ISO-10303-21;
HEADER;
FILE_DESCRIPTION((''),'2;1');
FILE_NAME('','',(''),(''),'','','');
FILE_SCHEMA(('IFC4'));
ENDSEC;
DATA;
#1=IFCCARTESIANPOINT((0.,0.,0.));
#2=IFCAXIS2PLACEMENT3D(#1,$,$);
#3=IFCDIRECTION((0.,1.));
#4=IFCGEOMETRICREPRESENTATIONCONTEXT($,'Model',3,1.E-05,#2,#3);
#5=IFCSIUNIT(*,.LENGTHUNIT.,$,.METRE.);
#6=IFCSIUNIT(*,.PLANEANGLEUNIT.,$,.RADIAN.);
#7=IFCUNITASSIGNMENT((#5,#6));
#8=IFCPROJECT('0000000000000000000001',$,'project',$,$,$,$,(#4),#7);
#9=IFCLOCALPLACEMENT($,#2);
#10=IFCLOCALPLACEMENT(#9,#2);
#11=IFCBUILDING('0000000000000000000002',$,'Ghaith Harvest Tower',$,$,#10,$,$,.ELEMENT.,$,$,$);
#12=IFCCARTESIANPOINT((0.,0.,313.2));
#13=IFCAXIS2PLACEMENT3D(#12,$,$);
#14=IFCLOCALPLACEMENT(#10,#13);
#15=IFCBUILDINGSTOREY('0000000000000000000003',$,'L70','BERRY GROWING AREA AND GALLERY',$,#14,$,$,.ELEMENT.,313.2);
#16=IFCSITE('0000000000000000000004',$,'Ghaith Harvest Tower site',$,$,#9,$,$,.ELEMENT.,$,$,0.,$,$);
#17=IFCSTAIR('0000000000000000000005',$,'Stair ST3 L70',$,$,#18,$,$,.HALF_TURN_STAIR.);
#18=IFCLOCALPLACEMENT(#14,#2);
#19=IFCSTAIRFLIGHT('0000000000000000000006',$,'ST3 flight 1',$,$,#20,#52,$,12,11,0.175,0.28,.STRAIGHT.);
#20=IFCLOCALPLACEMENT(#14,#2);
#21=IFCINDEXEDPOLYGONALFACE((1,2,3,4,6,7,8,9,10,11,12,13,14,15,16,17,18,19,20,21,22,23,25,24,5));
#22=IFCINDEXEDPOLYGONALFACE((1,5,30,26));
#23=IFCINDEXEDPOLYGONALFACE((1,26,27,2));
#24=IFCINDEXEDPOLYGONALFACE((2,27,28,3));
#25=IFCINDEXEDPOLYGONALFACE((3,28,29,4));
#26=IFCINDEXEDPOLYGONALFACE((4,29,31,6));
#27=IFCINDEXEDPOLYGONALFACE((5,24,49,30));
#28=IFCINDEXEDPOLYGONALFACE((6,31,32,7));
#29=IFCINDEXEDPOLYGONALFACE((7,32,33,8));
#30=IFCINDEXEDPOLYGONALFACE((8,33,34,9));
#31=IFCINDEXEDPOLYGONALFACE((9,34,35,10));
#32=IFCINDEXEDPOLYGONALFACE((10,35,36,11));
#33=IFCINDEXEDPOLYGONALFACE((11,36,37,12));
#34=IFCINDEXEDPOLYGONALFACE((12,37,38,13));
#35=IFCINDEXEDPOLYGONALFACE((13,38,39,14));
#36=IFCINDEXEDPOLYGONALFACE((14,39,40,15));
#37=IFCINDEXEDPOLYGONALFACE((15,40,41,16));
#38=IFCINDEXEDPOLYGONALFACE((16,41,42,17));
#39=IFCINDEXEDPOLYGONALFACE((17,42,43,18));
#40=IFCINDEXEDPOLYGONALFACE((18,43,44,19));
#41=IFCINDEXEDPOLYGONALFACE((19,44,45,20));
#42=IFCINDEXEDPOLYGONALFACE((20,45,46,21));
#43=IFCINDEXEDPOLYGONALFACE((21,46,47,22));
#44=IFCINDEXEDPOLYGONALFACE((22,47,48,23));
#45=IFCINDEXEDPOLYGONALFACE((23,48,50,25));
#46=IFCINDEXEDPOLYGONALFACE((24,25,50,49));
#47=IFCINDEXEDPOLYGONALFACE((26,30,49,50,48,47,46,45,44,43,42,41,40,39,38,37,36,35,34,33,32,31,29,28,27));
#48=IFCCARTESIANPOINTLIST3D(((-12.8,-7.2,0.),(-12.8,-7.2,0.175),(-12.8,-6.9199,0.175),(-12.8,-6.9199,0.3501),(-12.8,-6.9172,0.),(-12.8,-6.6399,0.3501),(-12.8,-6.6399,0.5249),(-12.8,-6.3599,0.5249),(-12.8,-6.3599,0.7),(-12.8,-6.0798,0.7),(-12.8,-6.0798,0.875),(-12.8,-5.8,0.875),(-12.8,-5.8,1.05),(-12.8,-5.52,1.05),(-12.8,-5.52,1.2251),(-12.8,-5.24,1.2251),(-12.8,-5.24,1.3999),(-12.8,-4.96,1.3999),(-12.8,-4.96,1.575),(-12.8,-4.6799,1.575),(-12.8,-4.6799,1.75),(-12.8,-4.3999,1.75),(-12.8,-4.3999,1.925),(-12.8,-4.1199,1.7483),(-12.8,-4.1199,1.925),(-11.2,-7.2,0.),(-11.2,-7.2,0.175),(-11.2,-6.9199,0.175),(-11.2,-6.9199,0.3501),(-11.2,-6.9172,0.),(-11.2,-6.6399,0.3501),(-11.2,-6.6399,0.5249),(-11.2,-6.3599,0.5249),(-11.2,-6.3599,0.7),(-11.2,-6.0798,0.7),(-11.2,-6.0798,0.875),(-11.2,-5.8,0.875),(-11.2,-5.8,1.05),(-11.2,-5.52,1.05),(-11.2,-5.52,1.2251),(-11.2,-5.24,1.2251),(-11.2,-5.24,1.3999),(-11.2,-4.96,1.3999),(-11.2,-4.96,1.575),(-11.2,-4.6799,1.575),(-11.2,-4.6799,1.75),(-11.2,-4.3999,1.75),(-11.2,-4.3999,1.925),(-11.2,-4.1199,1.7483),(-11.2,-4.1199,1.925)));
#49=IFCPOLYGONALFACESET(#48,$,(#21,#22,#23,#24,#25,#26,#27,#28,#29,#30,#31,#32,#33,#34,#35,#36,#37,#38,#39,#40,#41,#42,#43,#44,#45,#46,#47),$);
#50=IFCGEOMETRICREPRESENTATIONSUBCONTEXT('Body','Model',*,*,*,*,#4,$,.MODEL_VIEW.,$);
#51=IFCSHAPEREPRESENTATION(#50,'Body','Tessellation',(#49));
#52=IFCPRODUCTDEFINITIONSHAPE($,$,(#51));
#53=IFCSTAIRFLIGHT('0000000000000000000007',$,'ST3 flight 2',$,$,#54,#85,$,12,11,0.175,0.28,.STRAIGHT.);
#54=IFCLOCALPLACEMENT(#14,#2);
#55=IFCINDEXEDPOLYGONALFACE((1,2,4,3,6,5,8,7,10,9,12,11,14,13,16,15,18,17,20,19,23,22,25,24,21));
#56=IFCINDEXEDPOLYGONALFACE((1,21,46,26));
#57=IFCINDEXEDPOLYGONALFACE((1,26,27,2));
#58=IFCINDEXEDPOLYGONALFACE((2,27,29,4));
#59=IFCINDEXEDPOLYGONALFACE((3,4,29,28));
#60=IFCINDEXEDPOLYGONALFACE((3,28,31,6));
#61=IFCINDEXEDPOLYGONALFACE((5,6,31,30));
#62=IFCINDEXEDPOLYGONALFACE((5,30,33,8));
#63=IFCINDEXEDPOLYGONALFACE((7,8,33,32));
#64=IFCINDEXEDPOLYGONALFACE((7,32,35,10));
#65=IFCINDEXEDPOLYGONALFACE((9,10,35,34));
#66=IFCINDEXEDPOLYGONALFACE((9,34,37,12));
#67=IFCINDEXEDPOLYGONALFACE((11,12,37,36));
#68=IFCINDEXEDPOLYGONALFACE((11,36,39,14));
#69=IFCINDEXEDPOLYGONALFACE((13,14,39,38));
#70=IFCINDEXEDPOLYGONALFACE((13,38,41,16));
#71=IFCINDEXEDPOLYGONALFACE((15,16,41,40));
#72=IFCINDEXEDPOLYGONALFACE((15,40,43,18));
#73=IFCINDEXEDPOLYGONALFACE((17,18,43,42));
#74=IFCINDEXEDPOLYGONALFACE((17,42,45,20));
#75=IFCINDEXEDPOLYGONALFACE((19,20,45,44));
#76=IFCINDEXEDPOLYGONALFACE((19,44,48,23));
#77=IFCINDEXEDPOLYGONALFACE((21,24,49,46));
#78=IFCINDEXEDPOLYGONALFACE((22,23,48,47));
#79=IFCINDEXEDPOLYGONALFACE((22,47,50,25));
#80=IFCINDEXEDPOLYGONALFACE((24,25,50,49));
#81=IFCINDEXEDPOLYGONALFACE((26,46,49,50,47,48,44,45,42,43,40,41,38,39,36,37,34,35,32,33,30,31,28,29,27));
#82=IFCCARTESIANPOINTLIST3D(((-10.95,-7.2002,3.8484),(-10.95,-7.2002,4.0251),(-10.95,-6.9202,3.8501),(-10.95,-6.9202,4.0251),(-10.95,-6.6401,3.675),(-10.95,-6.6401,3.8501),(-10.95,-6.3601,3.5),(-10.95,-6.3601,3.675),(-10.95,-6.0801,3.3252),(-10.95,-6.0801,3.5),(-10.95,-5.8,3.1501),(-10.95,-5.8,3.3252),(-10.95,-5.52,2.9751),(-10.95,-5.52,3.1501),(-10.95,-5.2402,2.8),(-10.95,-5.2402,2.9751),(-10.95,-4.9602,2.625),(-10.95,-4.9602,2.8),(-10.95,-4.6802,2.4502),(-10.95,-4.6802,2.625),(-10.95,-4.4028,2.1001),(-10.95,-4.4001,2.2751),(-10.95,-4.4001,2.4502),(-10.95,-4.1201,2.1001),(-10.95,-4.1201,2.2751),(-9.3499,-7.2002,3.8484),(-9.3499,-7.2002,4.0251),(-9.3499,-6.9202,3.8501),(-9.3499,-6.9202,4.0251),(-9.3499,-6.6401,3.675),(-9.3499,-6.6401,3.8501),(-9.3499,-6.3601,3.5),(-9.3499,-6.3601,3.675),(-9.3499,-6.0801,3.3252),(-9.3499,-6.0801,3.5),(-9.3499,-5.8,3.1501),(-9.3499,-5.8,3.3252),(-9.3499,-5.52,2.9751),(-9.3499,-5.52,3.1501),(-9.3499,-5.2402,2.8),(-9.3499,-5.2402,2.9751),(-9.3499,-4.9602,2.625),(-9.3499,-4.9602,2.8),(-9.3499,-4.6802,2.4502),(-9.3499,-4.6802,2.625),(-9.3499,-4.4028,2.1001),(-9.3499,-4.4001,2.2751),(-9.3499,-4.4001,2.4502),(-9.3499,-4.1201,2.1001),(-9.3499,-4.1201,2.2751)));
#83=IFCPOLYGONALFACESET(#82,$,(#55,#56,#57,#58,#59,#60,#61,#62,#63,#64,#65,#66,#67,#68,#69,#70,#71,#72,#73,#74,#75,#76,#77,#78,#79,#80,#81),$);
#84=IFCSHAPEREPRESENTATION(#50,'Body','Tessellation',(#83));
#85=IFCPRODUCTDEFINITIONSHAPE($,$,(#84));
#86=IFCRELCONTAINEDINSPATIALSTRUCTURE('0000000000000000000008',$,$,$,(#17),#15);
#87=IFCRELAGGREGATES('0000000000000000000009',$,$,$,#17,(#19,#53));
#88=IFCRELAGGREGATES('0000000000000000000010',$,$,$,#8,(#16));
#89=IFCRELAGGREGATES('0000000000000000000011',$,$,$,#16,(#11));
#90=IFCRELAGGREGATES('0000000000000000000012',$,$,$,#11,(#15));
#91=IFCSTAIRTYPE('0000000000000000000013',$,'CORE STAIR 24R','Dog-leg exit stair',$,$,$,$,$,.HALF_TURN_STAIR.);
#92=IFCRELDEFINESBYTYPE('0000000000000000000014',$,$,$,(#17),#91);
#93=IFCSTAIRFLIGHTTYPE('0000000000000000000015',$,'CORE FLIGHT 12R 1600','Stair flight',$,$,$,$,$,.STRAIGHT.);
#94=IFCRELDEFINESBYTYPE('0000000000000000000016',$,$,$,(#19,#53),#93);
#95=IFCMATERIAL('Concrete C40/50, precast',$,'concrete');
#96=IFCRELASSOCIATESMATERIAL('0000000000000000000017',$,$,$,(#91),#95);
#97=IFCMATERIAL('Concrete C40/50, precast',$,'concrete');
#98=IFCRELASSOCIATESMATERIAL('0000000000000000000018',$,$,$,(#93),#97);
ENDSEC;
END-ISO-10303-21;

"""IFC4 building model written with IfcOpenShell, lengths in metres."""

from ifc_helpers import new_model, si_unit, direction, frame, origin, place, context, subcontext, project, spatial, polyline, outline, extrude, material, type_object, element, aggregate, save


model = new_model("IFC4")

# Units and contexts
model_context = context("Model", 3, precision=1e-05, world=origin(), true_north=direction((0.0, 1.0)))
body_context = subcontext(model_context, "Body", "Model", "MODEL_VIEW")
ifc_project = project(units=[si_unit("LENGTHUNIT", "METRE"), si_unit("PLANEANGLEUNIT", "RADIAN")], contexts=[model_context])

# Site, building, storey
site_placement = place(None, origin())
site = spatial("IfcSite", under=ifc_project, at=site_placement, Name="Ghaith Harvest Tower site", CompositionType="ELEMENT", RefElevation=0.0)
building_placement = place(site_placement, origin())
building = spatial("IfcBuilding", under=site, at=building_placement, Name="Ghaith Harvest Tower", CompositionType="ELEMENT")
storey_placement = place(building_placement, frame((0.0, 0.0, 313.2)))
storey = spatial("IfcBuildingStorey", under=building, at=storey_placement, Name="L70", Description="BERRY GROWING AREA AND GALLERY", CompositionType="ELEMENT", Elevation=313.2)

# Stair, stair flights
ifc_material_1 = material(Name="Concrete C40/50, precast", Category="concrete")
stair_type = type_object("IfcStairType", Name="CORE STAIR 24R", Description="Dog-leg exit stair", PredefinedType="HALF_TURN_STAIR", material=ifc_material_1)
stair_placement = place(storey_placement, origin())
stair = element("IfcStair", 1, at=stair_placement, inside=storey, type_object=stair_type, Name="Stair ST3 L70", PredefinedType="HALF_TURN_STAIR")
ifc_material_2 = material(Name="Concrete C40/50, precast", Category="concrete")
stair_flight_type = type_object("IfcStairFlightType", Name="CORE FLIGHT 12R 1600", Description="Stair flight", PredefinedType="STRAIGHT", material=ifc_material_2)
stair_flight_1_placement = place(storey_placement, frame((-12.0, -7.2, 0.0), z_axis=(0.0, 0.0, 1.0), x_axis=(0.0, 1.0, 0.0)))
stair_flight_1 = element("IfcStairFlight", 2, at=stair_flight_1_placement, type_object=stair_flight_type, Name="ST3 flight 1", NumberOfRisers=12, NumberOfTreads=11, PredefinedType="STRAIGHT", RiserHeight=0.175, TreadLength=0.28, context=body_context, shape_type="SweptSolid", body=[
    extrude(outline(polyline([(0.0, 0.0), (0.0, 0.175), (0.28, 0.175), (0.28, 0.3501), (0.5601, 0.3501), (0.5601, 0.5249), (0.8401, 0.5249), (0.8401, 0.7), (1.1201, 0.7), (1.1201, 0.875), (1.3999, 0.875), (1.3999, 1.05), (1.6799, 1.05), (1.6799, 1.2251), (1.96, 1.2251), (1.96, 1.3999), (2.24, 1.3999), (2.24, 1.575), (2.52, 1.575), (2.52, 1.75), (2.8, 1.75), (2.8, 1.925), (3.0801, 1.925), (3.0801, 2.1001), (3.0801, 1.7483), (0.2827, 0.0), (0.0, 0.0)])), frame((0.0, 0.8, 0.0), z_axis=(0.0, -1.0, 0.0), x_axis=(1.0, 0.0, 0.0)), (0.0, 0.0, 1.0), 1.6001),
])
stair_flight_2_placement = place(storey_placement, frame((-10.1499, -4.1201, 2.1001), z_axis=(0.0, 0.0, 1.0), x_axis=(0.0, -1.0, 0.0)))
stair_flight_2 = element("IfcStairFlight", 3, at=stair_flight_2_placement, type_object=stair_flight_type, Name="ST3 flight 2", NumberOfRisers=12, NumberOfTreads=11, PredefinedType="STRAIGHT", RiserHeight=0.175, TreadLength=0.28, context=body_context, shape_type="SweptSolid", body=[
    extrude(outline(polyline([(0.0, 0.0), (0.0, 0.175), (0.28, 0.175), (0.28, 0.3501), (0.5601, 0.3501), (0.5601, 0.5249), (0.8401, 0.5249), (0.8401, 0.7), (1.1201, 0.7), (1.1201, 0.875), (1.3999, 0.875), (1.3999, 1.05), (1.6799, 1.05), (1.6799, 1.2251), (1.96, 1.2251), (1.96, 1.3999), (2.24, 1.3999), (2.24, 1.575), (2.52, 1.575), (2.52, 1.75), (2.8, 1.75), (2.8, 1.925), (3.0801, 1.925), (3.0801, 2.1001), (3.0801, 1.7483), (0.2827, 0.0), (0.0, 0.0)])), frame((0.0, 0.8, 0.0), z_axis=(0.0, -1.0, 0.0), x_axis=(1.0, 0.0, 0.0)), (0.0, 0.0, 1.0), 1.6001),
])
aggregate(stair, [stair_flight_1, stair_flight_2])

save(model, "model.ifc")
